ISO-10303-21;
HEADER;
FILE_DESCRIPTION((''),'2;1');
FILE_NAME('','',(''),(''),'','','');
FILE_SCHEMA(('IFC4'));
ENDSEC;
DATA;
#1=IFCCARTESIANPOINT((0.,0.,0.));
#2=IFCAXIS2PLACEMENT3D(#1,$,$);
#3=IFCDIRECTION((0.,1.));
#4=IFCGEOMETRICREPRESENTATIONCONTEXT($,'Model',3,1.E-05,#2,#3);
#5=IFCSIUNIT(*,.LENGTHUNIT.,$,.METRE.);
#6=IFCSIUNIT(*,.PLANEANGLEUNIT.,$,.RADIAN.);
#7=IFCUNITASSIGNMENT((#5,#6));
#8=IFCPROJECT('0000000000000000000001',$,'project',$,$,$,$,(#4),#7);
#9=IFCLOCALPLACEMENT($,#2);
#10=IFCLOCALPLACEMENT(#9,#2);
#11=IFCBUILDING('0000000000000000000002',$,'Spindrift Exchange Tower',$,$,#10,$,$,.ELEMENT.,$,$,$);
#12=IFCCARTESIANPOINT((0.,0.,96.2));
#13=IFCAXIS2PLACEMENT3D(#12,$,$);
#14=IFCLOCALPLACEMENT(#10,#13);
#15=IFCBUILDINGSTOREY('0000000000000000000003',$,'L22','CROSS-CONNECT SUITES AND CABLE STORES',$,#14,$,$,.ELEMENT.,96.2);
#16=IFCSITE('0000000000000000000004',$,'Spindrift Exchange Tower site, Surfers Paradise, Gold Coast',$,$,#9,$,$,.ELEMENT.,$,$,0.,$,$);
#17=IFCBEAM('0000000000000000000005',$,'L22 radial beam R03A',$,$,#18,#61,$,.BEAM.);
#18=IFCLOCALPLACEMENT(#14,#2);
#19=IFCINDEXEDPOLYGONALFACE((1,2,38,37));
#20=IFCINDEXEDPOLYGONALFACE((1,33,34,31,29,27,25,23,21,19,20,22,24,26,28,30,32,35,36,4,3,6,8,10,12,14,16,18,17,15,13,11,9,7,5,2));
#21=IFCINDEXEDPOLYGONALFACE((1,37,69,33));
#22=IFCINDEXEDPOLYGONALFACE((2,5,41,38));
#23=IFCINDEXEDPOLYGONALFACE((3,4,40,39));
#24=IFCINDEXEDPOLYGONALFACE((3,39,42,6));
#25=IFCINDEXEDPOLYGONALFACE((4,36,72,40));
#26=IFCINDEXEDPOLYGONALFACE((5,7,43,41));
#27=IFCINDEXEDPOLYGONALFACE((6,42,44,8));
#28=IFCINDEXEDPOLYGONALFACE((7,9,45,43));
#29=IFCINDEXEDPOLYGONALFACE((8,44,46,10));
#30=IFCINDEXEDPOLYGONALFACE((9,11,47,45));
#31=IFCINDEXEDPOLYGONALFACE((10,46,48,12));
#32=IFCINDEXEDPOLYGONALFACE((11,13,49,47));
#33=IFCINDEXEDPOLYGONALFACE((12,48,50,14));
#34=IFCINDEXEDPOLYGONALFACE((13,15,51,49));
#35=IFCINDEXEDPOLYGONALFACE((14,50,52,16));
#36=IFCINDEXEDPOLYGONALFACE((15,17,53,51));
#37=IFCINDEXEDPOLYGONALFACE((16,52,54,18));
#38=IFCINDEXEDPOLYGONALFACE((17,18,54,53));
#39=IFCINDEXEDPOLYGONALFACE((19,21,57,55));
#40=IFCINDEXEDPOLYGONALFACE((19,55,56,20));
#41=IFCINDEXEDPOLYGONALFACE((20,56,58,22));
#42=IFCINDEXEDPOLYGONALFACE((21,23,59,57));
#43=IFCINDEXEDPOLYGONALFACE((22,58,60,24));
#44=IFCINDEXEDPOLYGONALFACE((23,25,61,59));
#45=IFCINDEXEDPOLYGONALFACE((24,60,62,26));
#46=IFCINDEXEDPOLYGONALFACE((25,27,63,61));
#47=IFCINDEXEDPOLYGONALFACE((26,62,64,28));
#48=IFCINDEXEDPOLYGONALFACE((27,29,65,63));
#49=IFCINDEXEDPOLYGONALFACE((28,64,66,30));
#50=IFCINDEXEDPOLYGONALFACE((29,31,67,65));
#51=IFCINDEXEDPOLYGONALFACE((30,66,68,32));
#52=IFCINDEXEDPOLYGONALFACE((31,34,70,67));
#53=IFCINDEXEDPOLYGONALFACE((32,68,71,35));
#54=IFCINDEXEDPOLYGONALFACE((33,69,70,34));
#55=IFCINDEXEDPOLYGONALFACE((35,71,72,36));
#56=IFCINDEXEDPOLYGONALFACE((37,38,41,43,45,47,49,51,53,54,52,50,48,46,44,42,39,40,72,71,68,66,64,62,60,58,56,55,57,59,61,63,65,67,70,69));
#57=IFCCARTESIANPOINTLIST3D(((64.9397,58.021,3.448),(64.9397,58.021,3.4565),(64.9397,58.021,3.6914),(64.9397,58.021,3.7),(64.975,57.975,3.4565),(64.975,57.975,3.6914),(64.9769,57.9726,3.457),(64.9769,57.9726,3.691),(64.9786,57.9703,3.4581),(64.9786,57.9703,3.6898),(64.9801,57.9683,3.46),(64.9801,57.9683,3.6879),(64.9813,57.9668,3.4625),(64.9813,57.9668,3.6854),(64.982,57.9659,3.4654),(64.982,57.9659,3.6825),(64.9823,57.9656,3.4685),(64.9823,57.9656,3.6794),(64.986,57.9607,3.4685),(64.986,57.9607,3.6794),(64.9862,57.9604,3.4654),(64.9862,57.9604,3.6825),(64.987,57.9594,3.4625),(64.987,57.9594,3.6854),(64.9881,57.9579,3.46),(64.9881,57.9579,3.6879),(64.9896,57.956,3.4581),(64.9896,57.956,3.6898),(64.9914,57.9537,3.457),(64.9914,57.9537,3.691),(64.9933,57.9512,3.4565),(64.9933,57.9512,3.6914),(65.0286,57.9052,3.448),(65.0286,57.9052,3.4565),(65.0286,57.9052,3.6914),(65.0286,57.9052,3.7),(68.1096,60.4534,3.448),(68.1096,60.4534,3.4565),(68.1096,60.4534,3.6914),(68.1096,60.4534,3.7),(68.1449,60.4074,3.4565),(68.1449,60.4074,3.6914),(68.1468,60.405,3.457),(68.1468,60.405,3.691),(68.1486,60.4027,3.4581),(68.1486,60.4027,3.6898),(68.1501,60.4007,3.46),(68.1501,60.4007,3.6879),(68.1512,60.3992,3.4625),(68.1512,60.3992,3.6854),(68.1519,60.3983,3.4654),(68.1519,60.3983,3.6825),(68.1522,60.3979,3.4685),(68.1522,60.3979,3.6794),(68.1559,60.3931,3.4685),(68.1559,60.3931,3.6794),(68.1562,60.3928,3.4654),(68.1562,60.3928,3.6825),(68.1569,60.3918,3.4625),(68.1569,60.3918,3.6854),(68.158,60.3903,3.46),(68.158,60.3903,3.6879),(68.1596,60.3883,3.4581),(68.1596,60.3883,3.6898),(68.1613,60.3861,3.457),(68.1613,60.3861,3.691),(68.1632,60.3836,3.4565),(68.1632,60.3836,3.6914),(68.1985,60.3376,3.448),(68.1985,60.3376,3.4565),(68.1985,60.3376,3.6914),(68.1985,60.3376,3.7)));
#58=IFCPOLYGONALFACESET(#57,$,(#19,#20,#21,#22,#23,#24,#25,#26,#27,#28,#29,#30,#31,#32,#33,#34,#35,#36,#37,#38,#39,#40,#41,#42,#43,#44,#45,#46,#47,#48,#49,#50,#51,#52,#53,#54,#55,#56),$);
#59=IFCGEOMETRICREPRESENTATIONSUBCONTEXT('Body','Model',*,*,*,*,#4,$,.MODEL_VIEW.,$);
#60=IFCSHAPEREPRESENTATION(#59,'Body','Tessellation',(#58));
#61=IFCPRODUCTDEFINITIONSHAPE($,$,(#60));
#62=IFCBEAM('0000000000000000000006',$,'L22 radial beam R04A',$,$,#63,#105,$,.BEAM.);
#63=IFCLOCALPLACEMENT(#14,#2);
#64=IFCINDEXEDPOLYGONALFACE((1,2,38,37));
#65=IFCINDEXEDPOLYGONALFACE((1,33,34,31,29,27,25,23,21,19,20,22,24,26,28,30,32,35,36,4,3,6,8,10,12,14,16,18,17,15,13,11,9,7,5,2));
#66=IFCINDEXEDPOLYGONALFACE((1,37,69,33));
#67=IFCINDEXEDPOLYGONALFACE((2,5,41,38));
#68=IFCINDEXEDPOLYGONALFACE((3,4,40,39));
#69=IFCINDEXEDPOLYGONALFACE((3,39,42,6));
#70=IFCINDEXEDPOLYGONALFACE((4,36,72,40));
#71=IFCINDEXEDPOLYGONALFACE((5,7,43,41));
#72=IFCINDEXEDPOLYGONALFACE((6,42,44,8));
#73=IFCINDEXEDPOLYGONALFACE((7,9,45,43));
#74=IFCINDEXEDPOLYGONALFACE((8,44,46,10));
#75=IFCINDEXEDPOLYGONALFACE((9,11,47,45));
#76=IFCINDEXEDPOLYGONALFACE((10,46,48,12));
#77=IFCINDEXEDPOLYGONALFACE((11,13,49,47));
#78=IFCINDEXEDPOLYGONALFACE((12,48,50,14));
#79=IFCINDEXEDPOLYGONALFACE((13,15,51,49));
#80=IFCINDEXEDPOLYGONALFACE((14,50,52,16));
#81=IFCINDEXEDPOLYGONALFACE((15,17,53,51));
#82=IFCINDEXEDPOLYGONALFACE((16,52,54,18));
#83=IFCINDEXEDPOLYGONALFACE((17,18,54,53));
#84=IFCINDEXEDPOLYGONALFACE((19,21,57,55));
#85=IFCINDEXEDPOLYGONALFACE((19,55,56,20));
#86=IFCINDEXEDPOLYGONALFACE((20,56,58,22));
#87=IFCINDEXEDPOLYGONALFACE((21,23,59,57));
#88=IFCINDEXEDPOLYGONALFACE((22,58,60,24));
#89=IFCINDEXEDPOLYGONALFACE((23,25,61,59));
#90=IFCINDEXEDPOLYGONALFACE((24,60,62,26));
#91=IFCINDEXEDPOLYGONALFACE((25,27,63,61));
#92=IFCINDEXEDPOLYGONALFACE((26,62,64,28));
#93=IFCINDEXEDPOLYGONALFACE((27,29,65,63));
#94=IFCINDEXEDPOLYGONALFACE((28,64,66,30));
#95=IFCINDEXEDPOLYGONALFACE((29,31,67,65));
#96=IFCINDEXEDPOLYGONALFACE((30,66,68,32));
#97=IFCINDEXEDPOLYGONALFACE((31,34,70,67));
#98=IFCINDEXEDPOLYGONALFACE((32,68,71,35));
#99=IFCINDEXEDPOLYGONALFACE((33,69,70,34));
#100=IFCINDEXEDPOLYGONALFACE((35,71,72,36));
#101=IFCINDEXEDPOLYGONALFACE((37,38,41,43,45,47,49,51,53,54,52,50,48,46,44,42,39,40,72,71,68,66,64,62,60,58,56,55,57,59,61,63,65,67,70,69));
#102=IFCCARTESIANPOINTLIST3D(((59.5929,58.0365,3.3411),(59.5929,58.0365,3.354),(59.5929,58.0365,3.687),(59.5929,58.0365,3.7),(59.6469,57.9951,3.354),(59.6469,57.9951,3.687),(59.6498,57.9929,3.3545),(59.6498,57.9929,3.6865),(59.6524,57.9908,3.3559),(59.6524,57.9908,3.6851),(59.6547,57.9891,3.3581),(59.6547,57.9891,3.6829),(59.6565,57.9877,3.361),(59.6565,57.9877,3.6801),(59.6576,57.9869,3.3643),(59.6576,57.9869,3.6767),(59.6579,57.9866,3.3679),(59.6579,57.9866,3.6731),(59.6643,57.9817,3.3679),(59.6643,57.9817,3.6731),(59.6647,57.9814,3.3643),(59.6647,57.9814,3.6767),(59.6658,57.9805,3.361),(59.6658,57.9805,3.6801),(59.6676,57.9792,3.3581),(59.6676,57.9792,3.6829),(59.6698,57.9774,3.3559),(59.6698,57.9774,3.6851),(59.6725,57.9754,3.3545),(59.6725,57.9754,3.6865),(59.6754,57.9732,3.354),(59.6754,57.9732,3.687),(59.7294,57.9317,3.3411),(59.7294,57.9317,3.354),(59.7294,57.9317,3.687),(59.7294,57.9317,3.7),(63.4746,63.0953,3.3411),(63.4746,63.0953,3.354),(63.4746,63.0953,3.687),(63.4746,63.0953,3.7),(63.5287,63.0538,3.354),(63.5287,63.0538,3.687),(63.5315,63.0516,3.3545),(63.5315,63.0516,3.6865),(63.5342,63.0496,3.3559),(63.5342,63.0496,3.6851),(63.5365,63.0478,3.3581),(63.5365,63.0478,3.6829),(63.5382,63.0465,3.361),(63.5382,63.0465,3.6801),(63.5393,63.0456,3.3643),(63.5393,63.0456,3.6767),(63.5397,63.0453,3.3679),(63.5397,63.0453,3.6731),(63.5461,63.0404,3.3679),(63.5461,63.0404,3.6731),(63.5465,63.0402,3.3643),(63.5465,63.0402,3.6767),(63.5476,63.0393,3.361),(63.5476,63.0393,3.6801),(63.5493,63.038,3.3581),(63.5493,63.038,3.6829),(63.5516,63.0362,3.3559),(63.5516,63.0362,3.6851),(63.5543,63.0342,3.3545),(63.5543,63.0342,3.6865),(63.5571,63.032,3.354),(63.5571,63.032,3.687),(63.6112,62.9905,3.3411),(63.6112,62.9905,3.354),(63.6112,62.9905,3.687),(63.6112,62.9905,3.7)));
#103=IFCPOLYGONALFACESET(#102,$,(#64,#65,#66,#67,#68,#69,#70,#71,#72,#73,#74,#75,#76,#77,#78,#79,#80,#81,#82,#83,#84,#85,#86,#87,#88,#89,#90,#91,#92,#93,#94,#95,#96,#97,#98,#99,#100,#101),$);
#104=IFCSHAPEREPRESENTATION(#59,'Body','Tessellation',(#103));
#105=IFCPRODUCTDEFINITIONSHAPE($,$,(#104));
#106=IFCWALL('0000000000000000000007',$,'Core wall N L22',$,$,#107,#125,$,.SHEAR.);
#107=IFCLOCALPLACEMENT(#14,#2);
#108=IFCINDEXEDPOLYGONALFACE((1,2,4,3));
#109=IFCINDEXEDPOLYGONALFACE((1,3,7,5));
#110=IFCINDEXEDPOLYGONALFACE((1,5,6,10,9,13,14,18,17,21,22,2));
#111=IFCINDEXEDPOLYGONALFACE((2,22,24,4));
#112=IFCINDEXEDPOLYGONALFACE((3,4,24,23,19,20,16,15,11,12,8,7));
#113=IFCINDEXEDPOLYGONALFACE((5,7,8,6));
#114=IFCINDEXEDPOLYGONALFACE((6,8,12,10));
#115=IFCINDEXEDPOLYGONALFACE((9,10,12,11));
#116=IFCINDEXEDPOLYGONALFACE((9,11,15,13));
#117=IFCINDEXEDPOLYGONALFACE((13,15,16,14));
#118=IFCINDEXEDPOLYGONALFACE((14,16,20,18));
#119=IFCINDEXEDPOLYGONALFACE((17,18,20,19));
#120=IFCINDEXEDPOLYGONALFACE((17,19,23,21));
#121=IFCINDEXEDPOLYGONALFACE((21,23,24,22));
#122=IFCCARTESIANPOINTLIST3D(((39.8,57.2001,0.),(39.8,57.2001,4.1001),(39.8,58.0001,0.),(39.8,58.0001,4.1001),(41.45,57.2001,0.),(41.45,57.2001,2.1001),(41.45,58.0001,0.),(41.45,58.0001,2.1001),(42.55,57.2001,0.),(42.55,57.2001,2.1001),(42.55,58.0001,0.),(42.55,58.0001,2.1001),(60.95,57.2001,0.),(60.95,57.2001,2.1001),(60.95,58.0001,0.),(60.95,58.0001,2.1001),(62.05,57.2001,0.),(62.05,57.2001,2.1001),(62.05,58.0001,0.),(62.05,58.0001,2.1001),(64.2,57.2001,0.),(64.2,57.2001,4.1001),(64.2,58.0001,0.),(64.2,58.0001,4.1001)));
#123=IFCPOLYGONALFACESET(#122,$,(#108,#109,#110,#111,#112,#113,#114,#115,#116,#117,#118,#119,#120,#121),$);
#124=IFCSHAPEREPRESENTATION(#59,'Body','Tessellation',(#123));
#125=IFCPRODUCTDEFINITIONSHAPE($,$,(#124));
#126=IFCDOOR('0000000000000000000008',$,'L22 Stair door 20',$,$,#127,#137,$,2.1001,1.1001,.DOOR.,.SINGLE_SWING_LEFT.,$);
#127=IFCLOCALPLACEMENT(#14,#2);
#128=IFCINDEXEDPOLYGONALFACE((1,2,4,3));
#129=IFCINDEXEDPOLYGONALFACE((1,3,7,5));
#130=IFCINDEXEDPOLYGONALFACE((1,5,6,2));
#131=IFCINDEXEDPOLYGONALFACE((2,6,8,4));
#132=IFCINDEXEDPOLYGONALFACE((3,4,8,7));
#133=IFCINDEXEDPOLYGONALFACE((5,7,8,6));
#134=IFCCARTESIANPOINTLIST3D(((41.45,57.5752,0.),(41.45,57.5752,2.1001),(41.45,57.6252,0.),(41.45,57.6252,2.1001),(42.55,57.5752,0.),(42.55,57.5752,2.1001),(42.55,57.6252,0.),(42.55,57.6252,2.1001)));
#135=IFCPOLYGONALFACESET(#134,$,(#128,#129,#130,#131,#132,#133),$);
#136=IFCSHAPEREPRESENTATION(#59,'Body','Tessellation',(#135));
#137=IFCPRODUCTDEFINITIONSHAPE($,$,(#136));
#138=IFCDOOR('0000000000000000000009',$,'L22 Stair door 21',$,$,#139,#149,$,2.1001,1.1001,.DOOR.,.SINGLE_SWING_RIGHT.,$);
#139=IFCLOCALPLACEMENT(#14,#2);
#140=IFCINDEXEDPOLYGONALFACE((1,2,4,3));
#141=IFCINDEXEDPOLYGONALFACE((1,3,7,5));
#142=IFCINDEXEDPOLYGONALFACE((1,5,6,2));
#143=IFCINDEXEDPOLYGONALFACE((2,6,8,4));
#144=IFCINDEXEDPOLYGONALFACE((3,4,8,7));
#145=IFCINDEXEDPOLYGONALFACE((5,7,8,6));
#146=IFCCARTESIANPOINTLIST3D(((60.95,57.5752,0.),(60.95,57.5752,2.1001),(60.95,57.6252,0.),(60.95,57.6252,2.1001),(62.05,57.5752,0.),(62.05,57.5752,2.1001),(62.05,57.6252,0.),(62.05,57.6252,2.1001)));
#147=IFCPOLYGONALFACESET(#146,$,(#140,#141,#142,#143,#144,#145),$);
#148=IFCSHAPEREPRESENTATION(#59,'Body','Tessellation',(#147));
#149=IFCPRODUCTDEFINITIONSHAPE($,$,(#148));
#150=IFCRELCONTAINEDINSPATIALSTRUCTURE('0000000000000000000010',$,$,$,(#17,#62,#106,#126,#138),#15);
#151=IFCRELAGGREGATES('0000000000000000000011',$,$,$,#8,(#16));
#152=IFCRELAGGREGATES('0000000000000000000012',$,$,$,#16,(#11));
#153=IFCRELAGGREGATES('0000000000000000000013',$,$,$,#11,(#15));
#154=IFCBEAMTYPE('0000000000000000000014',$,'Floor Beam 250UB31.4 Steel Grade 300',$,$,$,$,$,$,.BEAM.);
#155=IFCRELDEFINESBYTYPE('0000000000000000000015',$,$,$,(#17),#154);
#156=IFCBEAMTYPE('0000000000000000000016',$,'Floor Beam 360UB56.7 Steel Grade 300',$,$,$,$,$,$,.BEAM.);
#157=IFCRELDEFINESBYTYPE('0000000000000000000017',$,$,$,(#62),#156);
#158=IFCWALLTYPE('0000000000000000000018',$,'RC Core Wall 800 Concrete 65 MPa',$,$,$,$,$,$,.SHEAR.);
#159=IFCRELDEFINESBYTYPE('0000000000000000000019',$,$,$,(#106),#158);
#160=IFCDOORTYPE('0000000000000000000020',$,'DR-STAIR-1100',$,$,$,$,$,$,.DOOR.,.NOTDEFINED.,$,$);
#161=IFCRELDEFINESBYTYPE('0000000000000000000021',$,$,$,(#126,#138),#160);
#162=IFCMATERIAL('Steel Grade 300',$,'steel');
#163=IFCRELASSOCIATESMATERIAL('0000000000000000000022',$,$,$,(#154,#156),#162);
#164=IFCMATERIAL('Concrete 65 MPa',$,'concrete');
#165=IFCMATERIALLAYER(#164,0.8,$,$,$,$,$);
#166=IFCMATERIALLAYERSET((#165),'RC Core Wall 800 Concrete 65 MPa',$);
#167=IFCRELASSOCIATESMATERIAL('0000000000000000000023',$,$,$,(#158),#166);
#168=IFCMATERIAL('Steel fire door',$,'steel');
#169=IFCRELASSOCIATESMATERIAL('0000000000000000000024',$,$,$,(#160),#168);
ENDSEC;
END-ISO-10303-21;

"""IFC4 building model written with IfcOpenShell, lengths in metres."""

from ifc_helpers import new_model, si_unit, direction, frame, frame_2d, origin, origin_2d, place, context, subcontext, project, spatial, rectangle, i_section, extrude, source, transform, mapped, material, layer, layer_set, material_profile, profile_set, type_object, element, fill, save


model = new_model("IFC4")

# Units and contexts
model_context = context("Model", 3, precision=1e-05, world=origin(), true_north=direction((0.0, 1.0)))
body_context = subcontext(model_context, "Body", "Model", "MODEL_VIEW")
ifc_project = project(units=[si_unit("LENGTHUNIT", "METRE"), si_unit("PLANEANGLEUNIT", "RADIAN")], contexts=[model_context])

# Site, building, storey
site_placement = place(None, origin())
site = spatial("IfcSite", under=ifc_project, at=site_placement, Name="Spindrift Exchange Tower site, Surfers Paradise, Gold Coast", CompositionType="ELEMENT", RefElevation=0.0)
building_placement = place(site_placement, origin())
building = spatial("IfcBuilding", under=site, at=building_placement, Name="Spindrift Exchange Tower", CompositionType="ELEMENT")
storey_placement = place(building_placement, frame((0.0, 0.0, 96.2)))
storey = spatial("IfcBuildingStorey", under=building, at=storey_placement, Name="L22", Description="CROSS-CONNECT SUITES AND CABLE STORES", CompositionType="ELEMENT", Elevation=96.2)

# Shared definitions
ifc_material_1 = material(Name="Concrete 65 MPa", Category="concrete")

# Beams
ifc_material_2 = material(Name="Steel Grade 300", Category="steel")
ifc_material_profile_1 = material_profile(ifc_material_2, i_section(OverallWidth=0.146, OverallDepth=0.252, WebThickness=0.0061, FlangeThickness=0.0085, FilletRadius=0.012, at=origin_2d()), Name="250UB31.4")
ifc_profile_set_1 = profile_set([ifc_material_profile_1], Name="Steel Grade 300")
beam_type_1 = type_object("IfcBeamType", Name="Floor Beam 250UB31.4 Steel Grade 300", PredefinedType="BEAM", material=ifc_profile_set_1)
shared_shape_1 = source(origin(), body_context, "Body", "SweptSolid", [
    extrude(i_section(OverallWidth=0.146, OverallDepth=0.252, WebThickness=0.0061, FlangeThickness=0.0085, FilletRadius=0.012, at=origin_2d()), origin(), (0.0, 0.0, 1.0), 3.9956),
])
beam_1_placement = place(storey_placement, frame((64.9841, 57.9631, 3.574), z_axis=(0.793353, 0.608762, 0.0), x_axis=(-0.608762, 0.793353, 0.0)))
element("IfcBeam", 1, at=beam_1_placement, inside=storey, type_object=beam_type_1, Name="L22 radial beam R03A", PredefinedType="BEAM", context=body_context, shape_type="MappedRepresentation", body=[
    mapped(shared_shape_1, transform((0.0, 0.0, 0.0), scale=1.0)),
])
ifc_material_profile_2 = material_profile(ifc_material_2, i_section(OverallWidth=0.1721, OverallDepth=0.3589, WebThickness=0.0081, FlangeThickness=0.0129, FilletRadius=0.0139, at=origin_2d()), Name="360UB56.7")
ifc_profile_set_2 = profile_set([ifc_material_profile_2], Name="Steel Grade 300")
beam_type_2 = type_object("IfcBeamType", Name="Floor Beam 360UB56.7 Steel Grade 300", PredefinedType="BEAM", material=ifc_profile_set_2)
shared_shape_2 = source(origin(), body_context, "Body", "SweptSolid", [
    extrude(i_section(OverallWidth=0.1721, OverallDepth=0.3589, WebThickness=0.0081, FlangeThickness=0.0129, FilletRadius=0.0139, at=origin_2d()), origin(), (0.0, 0.0, 1.0), 6.3765),
])
beam_2_placement = place(storey_placement, frame((59.6611, 57.9841, 3.5205), z_axis=(0.608767, 0.793349, 0.0), x_axis=(-0.793349, 0.608767, 0.0)))
element("IfcBeam", 2, at=beam_2_placement, inside=storey, type_object=beam_type_2, Name="L22 radial beam R04A", PredefinedType="BEAM", context=body_context, shape_type="MappedRepresentation", body=[
    mapped(shared_shape_2, transform((0.0, 0.0, 0.0), scale=1.0)),
])

# Wall, openings, doors
ifc_layer_1 = layer(ifc_material_1, 0.8)
ifc_layer_set_1 = layer_set([ifc_layer_1], Name="RC Core Wall 800 Concrete 65 MPa")
wall_type_1 = type_object("IfcWallType", Name="RC Core Wall 800 Concrete 65 MPa", PredefinedType="SHEAR", material=ifc_layer_set_1)
wall_1_placement = place(storey_placement, frame((64.2, 57.6001, 0.0), z_axis=(0.0, 0.0, 1.0), x_axis=(-1.0, 0.0, 0.0)))
wall_1 = element("IfcWall", 3, at=wall_1_placement, inside=storey, type_object=wall_type_1, Name="Core wall N L22", PredefinedType="SHEAR", context=body_context, shape_type="SweptSolid", body=[
    extrude(rectangle(XDim=24.3999, YDim=0.8, at=frame_2d((12.2, 0.0))), origin(), (0.0, 0.0, 1.0), 4.1001),
])
opening_1_placement = place(wall_1_placement, frame((21.6499, 0.0, 0.0)))
opening_1 = element("IfcOpeningElement", 4, at=opening_1_placement, cuts=wall_1, PredefinedType="OPENING", context=body_context, shape_type="SweptSolid", body=[
    extrude(rectangle(XDim=1.1001, YDim=2.1001, at=frame_2d((0.55, 1.05))), frame((0.0, 0.4099, 0.0), z_axis=(0.0, -1.0, 0.0), x_axis=(1.0, 0.0, 0.0)), (0.0, 0.0, 1.0), 0.8201),
])
opening_2_placement = place(wall_1_placement, frame((2.1499, 0.0, 0.0)))
opening_2 = element("IfcOpeningElement", 5, at=opening_2_placement, cuts=wall_1, PredefinedType="OPENING", context=body_context, shape_type="SweptSolid", body=[
    extrude(rectangle(XDim=1.1001, YDim=2.1001, at=frame_2d((0.55, 1.05))), frame((0.0, 0.4099, 0.0), z_axis=(0.0, -1.0, 0.0), x_axis=(1.0, 0.0, 0.0)), (0.0, 0.0, 1.0), 0.8201),
])
ifc_material_3 = material(Name="Steel fire door", Category="steel")
door_type_1 = type_object("IfcDoorType", Name="DR-STAIR-1100", OperationType="NOTDEFINED", PredefinedType="DOOR", material=ifc_material_3)
shared_shape_3 = source(origin(), body_context, "Body", "SweptSolid", [
    extrude(rectangle(XDim=1.1001, YDim=2.1001, at=frame_2d((0.55, 1.05))), frame((0.0, 0.0249, 0.0), z_axis=(0.0, -1.0, 0.0), x_axis=(1.0, 0.0, 0.0)), (0.0, 0.0, 1.0), 0.05),
])
door_1_placement = place(opening_1_placement, origin())
door_1 = element("IfcDoor", 6, at=door_1_placement, inside=storey, type_object=door_type_1, Name="L22 Stair door 20", OperationType="SINGLE_SWING_LEFT", OverallHeight=2.1001, OverallWidth=1.1001, PredefinedType="DOOR", context=body_context, shape_type="MappedRepresentation", body=[
    mapped(shared_shape_3, transform((0.0, 0.0, 0.0), scale=1.0)),
])
fill(opening_1, door_1)
door_2_placement = place(opening_2_placement, origin())
door_2 = element("IfcDoor", 7, at=door_2_placement, inside=storey, type_object=door_type_1, Name="L22 Stair door 21", OperationType="SINGLE_SWING_RIGHT", OverallHeight=2.1001, OverallWidth=1.1001, PredefinedType="DOOR", context=body_context, shape_type="MappedRepresentation", body=[
    mapped(shared_shape_3, transform((0.0, 0.0, 0.0), scale=1.0)),
])
fill(opening_2, door_2)

save(model, "model.ifc")
